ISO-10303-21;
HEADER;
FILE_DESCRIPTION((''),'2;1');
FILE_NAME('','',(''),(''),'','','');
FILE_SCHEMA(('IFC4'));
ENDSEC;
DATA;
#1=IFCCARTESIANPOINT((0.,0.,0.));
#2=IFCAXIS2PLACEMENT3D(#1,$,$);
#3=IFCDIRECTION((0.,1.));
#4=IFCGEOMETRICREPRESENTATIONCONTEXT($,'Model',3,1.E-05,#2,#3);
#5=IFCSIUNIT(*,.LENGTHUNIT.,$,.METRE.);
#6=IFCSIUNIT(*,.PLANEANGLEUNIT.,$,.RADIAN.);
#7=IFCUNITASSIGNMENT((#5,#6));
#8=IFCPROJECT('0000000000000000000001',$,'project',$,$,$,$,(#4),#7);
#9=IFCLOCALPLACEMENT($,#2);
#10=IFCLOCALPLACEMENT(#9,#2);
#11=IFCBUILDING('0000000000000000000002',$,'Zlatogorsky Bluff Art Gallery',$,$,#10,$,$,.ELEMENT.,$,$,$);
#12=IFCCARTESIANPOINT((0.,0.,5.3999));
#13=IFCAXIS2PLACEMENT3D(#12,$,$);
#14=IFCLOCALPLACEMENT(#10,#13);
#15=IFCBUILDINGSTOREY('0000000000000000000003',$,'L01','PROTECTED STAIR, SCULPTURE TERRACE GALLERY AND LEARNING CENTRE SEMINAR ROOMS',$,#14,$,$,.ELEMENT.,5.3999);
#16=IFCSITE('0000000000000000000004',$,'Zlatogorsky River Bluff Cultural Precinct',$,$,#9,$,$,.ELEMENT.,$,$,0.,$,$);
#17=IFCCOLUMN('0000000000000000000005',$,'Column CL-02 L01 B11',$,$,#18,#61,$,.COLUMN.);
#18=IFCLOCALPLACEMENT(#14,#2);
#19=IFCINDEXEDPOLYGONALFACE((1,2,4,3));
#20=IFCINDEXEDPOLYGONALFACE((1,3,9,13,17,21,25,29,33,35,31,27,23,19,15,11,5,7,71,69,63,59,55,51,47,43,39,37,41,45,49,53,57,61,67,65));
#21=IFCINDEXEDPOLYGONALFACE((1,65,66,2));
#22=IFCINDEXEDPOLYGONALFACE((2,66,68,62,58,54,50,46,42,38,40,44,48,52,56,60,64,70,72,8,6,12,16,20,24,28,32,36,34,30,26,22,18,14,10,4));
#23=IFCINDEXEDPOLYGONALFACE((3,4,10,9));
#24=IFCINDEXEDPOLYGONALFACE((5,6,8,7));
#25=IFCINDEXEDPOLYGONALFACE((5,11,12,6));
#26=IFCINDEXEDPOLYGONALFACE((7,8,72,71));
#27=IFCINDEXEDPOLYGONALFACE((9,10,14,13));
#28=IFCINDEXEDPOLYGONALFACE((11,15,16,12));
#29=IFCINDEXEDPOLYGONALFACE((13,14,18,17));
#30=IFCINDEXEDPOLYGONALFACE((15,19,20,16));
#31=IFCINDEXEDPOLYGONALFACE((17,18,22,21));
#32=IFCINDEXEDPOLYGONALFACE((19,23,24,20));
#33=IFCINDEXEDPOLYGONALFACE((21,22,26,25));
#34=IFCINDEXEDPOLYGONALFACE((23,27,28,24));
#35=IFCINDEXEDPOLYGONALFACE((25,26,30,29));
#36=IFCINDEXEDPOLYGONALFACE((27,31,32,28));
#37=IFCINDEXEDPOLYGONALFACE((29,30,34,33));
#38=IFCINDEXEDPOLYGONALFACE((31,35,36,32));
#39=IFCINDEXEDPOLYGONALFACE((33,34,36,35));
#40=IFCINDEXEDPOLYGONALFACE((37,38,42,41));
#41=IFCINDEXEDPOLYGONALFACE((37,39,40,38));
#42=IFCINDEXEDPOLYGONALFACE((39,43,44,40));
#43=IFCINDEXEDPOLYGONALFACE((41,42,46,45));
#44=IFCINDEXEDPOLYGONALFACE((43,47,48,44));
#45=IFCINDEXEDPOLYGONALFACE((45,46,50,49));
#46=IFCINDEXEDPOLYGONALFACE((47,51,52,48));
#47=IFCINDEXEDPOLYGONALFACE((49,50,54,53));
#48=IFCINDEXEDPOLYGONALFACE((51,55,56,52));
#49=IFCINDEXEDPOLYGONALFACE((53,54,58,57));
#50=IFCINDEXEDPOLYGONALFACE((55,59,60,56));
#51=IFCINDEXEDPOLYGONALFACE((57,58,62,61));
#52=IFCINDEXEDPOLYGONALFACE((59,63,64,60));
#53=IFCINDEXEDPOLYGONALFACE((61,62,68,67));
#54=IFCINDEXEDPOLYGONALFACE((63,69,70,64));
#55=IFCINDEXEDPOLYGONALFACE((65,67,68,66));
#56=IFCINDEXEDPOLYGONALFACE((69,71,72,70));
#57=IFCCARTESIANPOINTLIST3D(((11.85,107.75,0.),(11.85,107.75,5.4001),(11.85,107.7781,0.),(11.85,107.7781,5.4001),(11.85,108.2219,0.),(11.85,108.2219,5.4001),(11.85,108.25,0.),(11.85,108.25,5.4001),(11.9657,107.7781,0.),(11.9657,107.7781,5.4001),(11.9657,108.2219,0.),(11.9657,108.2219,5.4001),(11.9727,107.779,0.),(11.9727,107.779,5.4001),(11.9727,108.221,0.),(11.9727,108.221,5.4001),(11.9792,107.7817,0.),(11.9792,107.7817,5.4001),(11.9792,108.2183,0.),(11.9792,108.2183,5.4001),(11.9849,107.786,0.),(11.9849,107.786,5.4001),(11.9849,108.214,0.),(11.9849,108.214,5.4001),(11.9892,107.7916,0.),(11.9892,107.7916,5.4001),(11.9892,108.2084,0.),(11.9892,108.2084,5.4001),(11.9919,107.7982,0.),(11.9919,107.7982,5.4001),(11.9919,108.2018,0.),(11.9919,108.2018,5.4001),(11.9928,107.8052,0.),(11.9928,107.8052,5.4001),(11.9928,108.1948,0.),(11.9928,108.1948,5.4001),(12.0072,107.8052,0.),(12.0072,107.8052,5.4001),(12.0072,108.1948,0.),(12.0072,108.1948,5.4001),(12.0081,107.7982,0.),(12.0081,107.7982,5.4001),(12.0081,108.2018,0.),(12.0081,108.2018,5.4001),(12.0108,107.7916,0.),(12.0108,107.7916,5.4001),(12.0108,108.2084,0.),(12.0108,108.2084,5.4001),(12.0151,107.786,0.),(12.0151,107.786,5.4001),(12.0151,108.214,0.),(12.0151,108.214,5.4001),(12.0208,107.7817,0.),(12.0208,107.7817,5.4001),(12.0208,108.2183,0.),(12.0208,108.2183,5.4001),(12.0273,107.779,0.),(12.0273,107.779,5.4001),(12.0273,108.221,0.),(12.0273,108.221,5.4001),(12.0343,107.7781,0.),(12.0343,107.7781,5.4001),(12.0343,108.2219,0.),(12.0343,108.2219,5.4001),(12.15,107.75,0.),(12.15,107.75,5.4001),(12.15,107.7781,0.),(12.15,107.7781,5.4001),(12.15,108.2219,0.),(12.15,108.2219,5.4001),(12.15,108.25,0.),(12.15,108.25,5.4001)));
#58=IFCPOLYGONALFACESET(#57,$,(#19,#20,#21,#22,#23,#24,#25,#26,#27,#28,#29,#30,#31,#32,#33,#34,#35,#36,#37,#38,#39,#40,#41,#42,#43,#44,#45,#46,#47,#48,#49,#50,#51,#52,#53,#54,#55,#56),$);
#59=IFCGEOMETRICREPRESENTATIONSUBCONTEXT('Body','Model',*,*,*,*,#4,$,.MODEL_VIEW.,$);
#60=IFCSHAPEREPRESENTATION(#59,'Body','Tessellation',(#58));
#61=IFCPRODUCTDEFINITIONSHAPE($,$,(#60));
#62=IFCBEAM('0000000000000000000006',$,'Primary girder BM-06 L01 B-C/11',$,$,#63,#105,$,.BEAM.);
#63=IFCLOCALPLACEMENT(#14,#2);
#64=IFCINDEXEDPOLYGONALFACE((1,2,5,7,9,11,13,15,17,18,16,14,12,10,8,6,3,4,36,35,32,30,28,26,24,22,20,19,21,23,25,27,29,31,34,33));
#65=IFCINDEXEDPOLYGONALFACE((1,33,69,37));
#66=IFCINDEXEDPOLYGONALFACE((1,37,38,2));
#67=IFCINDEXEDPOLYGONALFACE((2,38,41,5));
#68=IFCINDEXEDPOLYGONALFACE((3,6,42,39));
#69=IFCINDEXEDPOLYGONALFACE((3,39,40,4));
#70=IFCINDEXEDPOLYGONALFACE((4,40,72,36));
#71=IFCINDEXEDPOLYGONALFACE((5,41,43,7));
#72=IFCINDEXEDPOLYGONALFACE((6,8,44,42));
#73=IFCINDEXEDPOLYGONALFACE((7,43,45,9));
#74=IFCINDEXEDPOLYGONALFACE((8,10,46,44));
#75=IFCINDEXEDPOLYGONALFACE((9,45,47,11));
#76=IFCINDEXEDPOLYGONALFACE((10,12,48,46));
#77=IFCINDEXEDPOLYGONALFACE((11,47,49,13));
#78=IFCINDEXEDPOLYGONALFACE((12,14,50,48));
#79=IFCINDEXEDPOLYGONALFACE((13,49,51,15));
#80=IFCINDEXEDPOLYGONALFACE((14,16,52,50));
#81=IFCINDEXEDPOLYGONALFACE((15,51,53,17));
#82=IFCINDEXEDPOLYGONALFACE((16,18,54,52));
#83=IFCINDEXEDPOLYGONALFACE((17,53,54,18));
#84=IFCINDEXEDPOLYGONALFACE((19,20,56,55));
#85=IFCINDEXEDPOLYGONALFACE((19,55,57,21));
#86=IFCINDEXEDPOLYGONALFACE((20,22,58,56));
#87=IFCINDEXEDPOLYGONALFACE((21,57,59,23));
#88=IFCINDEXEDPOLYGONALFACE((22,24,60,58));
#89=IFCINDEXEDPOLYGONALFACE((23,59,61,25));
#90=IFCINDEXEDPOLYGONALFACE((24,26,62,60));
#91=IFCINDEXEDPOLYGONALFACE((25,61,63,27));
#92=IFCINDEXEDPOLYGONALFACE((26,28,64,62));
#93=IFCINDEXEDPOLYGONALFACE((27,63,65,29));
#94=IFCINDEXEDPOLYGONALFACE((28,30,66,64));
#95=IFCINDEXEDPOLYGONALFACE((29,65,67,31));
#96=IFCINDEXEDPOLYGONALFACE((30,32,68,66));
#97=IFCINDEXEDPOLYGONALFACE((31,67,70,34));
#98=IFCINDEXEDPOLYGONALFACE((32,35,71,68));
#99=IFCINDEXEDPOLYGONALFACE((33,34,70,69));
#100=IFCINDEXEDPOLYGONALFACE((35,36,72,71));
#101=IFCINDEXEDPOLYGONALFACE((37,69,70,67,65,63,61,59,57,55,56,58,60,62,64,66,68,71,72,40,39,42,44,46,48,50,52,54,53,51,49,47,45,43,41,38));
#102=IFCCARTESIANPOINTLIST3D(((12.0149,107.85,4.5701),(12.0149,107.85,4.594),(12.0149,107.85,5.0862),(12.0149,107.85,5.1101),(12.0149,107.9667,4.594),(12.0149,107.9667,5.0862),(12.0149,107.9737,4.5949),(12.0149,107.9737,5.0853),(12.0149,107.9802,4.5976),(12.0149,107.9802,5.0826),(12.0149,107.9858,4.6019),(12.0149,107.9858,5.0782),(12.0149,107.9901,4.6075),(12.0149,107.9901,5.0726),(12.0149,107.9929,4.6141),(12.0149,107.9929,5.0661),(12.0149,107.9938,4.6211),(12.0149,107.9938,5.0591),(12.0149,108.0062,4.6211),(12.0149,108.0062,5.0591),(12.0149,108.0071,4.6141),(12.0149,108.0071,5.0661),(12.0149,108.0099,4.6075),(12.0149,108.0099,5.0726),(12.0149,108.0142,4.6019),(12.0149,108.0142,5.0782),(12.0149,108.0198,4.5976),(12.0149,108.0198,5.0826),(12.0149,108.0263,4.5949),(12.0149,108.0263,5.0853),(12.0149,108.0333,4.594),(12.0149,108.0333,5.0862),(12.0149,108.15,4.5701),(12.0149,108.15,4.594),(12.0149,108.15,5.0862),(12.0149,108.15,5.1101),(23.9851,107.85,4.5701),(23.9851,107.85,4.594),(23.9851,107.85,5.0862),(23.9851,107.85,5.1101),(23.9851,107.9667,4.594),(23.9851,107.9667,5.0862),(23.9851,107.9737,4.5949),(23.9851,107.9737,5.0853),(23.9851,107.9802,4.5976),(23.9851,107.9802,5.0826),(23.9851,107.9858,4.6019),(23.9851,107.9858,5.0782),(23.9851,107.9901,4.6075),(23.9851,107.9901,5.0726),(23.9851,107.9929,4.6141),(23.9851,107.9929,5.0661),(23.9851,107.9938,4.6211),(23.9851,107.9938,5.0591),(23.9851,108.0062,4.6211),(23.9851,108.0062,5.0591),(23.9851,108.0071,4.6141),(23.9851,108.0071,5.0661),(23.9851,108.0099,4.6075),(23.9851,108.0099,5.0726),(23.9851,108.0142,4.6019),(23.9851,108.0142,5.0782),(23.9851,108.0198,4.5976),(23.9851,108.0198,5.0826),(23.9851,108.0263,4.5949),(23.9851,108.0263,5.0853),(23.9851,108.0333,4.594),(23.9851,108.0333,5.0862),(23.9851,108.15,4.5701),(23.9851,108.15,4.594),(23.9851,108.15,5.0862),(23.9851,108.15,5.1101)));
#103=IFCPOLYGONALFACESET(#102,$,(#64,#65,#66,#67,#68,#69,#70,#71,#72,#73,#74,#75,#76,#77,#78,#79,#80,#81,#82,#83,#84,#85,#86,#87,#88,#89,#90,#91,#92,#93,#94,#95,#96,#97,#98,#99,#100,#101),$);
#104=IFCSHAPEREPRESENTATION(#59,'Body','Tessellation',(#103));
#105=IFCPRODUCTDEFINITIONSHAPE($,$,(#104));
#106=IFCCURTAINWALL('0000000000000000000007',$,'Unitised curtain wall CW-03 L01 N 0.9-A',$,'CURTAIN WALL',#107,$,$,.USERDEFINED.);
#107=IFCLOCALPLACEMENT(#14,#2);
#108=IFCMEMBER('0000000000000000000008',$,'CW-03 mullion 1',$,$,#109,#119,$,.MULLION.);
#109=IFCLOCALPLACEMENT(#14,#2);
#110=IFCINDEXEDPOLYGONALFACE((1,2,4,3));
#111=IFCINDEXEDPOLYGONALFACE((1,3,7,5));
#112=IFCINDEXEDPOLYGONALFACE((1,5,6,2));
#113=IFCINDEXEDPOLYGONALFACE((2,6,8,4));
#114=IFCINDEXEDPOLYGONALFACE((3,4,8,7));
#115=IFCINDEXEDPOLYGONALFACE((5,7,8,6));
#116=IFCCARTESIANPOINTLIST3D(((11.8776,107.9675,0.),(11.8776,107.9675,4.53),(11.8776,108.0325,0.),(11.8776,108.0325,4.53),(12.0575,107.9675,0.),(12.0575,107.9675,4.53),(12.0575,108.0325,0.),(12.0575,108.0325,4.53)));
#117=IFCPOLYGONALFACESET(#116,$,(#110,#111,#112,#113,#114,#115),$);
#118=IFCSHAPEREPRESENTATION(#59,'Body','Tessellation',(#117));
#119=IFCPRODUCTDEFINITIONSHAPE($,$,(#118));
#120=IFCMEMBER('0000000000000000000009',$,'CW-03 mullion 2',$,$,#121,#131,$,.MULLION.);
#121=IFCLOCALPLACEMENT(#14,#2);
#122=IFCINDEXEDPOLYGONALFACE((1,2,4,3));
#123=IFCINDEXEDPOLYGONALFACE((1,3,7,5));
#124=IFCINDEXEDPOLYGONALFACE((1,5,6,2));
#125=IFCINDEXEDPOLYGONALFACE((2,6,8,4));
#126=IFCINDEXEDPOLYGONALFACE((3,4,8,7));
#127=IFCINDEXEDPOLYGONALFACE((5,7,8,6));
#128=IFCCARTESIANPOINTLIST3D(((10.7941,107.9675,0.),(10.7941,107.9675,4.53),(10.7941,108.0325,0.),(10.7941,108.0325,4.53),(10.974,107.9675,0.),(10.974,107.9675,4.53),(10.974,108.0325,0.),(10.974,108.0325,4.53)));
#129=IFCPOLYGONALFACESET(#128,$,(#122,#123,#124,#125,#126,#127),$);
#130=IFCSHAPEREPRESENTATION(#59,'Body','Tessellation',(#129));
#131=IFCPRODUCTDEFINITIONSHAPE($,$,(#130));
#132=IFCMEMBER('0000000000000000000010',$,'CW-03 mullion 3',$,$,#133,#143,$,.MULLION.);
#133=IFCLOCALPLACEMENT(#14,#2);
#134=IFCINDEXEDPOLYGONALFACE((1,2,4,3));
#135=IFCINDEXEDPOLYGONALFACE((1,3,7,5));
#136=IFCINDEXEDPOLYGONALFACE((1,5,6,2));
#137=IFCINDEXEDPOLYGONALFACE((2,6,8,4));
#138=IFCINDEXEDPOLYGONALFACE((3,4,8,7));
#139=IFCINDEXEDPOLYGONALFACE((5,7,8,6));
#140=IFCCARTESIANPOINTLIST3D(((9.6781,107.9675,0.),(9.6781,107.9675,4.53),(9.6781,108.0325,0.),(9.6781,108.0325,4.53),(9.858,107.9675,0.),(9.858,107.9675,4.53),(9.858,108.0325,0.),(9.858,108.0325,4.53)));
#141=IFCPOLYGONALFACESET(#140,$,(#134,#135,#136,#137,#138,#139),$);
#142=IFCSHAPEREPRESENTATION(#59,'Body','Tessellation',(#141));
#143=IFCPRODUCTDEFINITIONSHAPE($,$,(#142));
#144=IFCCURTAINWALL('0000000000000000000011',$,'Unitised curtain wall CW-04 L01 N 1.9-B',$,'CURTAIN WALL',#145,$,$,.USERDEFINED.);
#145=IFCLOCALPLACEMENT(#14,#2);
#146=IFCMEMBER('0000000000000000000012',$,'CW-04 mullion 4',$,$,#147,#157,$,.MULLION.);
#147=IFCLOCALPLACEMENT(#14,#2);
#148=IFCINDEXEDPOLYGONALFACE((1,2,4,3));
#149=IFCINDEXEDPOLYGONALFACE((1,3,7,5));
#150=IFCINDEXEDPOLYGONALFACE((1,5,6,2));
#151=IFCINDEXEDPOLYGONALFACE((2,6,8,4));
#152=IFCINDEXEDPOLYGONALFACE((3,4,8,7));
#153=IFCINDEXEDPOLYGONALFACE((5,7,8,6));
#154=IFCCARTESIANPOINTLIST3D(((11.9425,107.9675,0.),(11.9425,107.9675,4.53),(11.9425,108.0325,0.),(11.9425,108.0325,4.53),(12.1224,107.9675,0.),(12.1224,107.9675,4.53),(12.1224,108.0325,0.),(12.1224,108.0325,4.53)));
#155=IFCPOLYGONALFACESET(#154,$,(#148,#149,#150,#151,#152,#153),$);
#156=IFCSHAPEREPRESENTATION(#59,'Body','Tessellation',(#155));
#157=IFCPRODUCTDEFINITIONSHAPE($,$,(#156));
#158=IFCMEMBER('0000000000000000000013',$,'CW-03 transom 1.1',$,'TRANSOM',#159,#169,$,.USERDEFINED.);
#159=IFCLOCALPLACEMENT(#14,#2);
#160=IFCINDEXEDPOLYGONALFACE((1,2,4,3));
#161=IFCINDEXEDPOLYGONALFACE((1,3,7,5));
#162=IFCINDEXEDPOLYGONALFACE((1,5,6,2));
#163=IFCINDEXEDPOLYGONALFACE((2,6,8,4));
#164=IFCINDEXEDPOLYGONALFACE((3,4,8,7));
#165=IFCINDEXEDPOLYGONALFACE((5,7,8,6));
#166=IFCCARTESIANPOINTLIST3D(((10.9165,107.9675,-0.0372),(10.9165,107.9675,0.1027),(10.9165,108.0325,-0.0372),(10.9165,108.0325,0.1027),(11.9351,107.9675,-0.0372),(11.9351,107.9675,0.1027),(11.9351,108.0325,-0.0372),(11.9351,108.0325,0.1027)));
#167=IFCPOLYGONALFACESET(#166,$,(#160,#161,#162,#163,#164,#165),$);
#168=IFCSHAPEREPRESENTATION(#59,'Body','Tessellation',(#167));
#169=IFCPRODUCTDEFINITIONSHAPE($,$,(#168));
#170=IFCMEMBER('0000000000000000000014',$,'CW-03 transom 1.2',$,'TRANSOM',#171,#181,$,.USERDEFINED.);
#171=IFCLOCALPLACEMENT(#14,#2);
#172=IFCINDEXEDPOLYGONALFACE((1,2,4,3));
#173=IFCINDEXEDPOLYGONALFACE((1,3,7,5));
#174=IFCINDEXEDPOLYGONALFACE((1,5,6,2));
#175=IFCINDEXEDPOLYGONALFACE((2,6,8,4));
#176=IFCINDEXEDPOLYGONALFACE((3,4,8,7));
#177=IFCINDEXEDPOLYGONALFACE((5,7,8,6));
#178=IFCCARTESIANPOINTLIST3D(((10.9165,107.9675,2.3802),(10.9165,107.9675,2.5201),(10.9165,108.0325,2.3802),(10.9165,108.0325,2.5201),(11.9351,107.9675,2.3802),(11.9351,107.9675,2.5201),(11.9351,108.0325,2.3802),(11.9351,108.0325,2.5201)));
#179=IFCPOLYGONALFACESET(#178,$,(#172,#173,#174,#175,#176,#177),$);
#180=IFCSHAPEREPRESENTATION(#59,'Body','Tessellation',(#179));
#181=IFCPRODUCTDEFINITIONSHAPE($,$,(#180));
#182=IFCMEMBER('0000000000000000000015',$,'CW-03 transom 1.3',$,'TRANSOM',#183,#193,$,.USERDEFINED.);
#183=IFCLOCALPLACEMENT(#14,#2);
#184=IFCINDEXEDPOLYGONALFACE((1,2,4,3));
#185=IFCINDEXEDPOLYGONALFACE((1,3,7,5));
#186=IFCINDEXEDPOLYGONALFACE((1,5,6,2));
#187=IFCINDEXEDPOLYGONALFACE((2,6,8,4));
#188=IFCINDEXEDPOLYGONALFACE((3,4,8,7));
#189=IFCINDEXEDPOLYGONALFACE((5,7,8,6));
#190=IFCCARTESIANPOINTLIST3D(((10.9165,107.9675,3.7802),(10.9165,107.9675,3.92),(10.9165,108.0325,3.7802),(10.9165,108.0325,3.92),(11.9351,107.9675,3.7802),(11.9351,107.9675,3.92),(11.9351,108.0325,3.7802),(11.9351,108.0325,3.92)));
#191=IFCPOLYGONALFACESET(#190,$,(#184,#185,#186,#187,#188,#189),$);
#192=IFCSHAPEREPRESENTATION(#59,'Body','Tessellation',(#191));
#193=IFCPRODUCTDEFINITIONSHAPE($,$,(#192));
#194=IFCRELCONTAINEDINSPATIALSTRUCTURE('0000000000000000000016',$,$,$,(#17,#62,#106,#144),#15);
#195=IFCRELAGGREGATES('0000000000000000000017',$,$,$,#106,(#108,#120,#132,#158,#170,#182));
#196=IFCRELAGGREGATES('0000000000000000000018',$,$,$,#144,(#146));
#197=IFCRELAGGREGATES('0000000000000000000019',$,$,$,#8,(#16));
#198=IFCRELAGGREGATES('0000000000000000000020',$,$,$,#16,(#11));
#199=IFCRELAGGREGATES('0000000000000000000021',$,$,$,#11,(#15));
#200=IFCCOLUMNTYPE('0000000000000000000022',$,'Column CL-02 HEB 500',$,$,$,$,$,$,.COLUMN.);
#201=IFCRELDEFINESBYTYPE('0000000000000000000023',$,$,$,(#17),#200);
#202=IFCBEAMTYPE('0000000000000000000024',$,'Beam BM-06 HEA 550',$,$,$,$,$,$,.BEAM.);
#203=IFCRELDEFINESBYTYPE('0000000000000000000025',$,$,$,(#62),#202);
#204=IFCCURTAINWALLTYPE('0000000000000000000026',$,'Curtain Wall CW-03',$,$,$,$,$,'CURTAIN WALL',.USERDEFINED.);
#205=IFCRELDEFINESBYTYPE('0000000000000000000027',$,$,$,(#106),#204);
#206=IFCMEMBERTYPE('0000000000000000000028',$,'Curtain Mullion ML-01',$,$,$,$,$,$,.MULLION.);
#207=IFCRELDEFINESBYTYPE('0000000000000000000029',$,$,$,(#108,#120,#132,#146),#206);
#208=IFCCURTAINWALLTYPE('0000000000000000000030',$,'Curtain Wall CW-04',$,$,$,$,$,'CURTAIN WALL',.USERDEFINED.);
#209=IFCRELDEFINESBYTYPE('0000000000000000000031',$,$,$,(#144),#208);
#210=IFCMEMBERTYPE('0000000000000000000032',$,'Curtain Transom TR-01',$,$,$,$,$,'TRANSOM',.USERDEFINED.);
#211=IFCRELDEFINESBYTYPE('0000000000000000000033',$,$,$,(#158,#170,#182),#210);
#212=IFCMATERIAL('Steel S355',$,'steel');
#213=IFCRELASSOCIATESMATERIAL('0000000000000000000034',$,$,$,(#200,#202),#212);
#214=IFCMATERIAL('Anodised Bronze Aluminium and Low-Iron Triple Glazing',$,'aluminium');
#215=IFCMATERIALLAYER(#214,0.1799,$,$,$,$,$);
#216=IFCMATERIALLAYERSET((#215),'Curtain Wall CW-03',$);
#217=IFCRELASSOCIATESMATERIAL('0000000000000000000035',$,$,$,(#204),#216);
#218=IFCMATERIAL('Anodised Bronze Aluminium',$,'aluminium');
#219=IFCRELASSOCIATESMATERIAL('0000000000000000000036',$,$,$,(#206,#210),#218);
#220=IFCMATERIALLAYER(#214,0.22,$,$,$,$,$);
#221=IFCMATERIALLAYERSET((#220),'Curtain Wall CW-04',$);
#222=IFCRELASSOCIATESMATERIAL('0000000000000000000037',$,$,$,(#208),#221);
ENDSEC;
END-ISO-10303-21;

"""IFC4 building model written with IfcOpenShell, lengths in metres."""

from ifc_helpers import new_model, si_unit, direction, frame, origin, origin_2d, place, context, subcontext, project, spatial, rectangle, i_section, extrude, material, layer, layer_set, material_profile, profile_set, type_object, element, aggregate, save


model = new_model("IFC4")

# Units and contexts
model_context = context("Model", 3, precision=1e-05, world=origin(), true_north=direction((0.0, 1.0)))
body_context = subcontext(model_context, "Body", "Model", "MODEL_VIEW")
ifc_project = project(units=[si_unit("LENGTHUNIT", "METRE"), si_unit("PLANEANGLEUNIT", "RADIAN")], contexts=[model_context])

# Site, building, storey
site_placement = place(None, origin())
site = spatial("IfcSite", under=ifc_project, at=site_placement, Name="Zlatogorsky River Bluff Cultural Precinct", CompositionType="ELEMENT", RefElevation=0.0)
building_placement = place(site_placement, origin())
building = spatial("IfcBuilding", under=site, at=building_placement, Name="Zlatogorsky Bluff Art Gallery", CompositionType="ELEMENT")
storey_placement = place(building_placement, frame((0.0, 0.0, 5.3999)))
storey = spatial("IfcBuildingStorey", under=building, at=storey_placement, Name="L01", Description="PROTECTED STAIR, SCULPTURE TERRACE GALLERY AND LEARNING CENTRE SEMINAR ROOMS", CompositionType="ELEMENT", Elevation=5.3999)

# Column
ifc_material_1 = material(Name="Steel S355", Category="steel")
ifc_material_profile_1 = material_profile(ifc_material_1, i_section(OverallWidth=0.3, OverallDepth=0.5, WebThickness=0.0144, FlangeThickness=0.0281, FilletRadius=0.0271, at=origin_2d()), Name="HEB 500")
ifc_profile_set_1 = profile_set([ifc_material_profile_1], Name="Steel S355")
column_type = type_object("IfcColumnType", Name="Column CL-02 HEB 500", PredefinedType="COLUMN", material=ifc_profile_set_1)
column_placement = place(storey_placement, frame((12.0, 108.0, 0.0), z_axis=(0.0, 0.0, 1.0), x_axis=(1.0, 0.0, 0.0)))
element("IfcColumn", 1, at=column_placement, inside=storey, type_object=column_type, Name="Column CL-02 L01 B11", PredefinedType="COLUMN", context=body_context, shape_type="SweptSolid", body=[
    extrude(i_section(OverallWidth=0.3, OverallDepth=0.5, WebThickness=0.0144, FlangeThickness=0.0281, FilletRadius=0.0271, at=origin_2d()), origin(), (0.0, 0.0, 1.0), 5.4001),
])

# Beam
ifc_material_profile_2 = material_profile(ifc_material_1, i_section(OverallWidth=0.3, OverallDepth=0.54, WebThickness=0.0125, FlangeThickness=0.0239, FilletRadius=0.0271, at=origin_2d()), Name="HEA 550")
ifc_profile_set_2 = profile_set([ifc_material_profile_2], Name="Steel S355")
beam_type = type_object("IfcBeamType", Name="Beam BM-06 HEA 550", PredefinedType="BEAM", material=ifc_profile_set_2)
beam_placement = place(storey_placement, frame((12.0149, 108.0, 4.8401), z_axis=(1.0, 0.0, 0.0), x_axis=(0.0, 1.0, 0.0)))
element("IfcBeam", 2, at=beam_placement, inside=storey, type_object=beam_type, Name="Primary girder BM-06 L01 B-C/11", PredefinedType="BEAM", context=body_context, shape_type="SweptSolid", body=[
    extrude(i_section(OverallWidth=0.3, OverallDepth=0.54, WebThickness=0.0125, FlangeThickness=0.0239, FilletRadius=0.0271, at=origin_2d()), origin(), (0.0, 0.0, 1.0), 11.9702),
])

# Curtain wall, members
ifc_material_2 = material(Name="Anodised Bronze Aluminium and Low-Iron Triple Glazing", Category="aluminium")
ifc_layer_1 = layer(ifc_material_2, 0.1799)
ifc_layer_set_1 = layer_set([ifc_layer_1], Name="Curtain Wall CW-03")
curtain_wall_type_1 = type_object("IfcCurtainWallType", Name="Curtain Wall CW-03", ElementType="CURTAIN WALL", PredefinedType="USERDEFINED", material=ifc_layer_set_1)
curtain_wall_1_placement = place(storey_placement, origin())
curtain_wall_1 = element("IfcCurtainWall", 3, at=curtain_wall_1_placement, inside=storey, type_object=curtain_wall_type_1, Name="Unitised curtain wall CW-03 L01 N 0.9-A", ObjectType="CURTAIN WALL", PredefinedType="USERDEFINED")
ifc_material_3 = material(Name="Anodised Bronze Aluminium", Category="aluminium")
ifc_material_profile_3 = material_profile(ifc_material_3, rectangle(XDim=0.0649, YDim=0.1799, at=origin_2d()), Name="ALU MULLION 65x180")
ifc_profile_set_3 = profile_set([ifc_material_profile_3], Name="Anodised Bronze Aluminium")
member_type_1 = type_object("IfcMemberType", Name="Curtain Mullion ML-01", PredefinedType="MULLION", material=ifc_profile_set_3)
member_1_placement = place(storey_placement, frame((11.9675, 108.0, 0.0), z_axis=(0.0, 0.0, 1.0), x_axis=(0.0, -1.0, 0.0)))
member_1 = element("IfcMember", 4, at=member_1_placement, type_object=member_type_1, Name="CW-03 mullion 1", PredefinedType="MULLION", context=body_context, shape_type="SweptSolid", body=[
    extrude(rectangle(XDim=0.0649, YDim=0.1799, at=origin_2d()), origin(), (0.0, 0.0, 1.0), 4.53),
])
member_2_placement = place(storey_placement, frame((10.884, 108.0, 0.0), z_axis=(0.0, 0.0, 1.0), x_axis=(0.0, -1.0, 0.0)))
member_2 = element("IfcMember", 5, at=member_2_placement, type_object=member_type_1, Name="CW-03 mullion 2", PredefinedType="MULLION", context=body_context, shape_type="SweptSolid", body=[
    extrude(rectangle(XDim=0.0649, YDim=0.1799, at=origin_2d()), origin(), (0.0, 0.0, 1.0), 4.53),
])
member_3_placement = place(storey_placement, frame((9.7681, 108.0, 0.0), z_axis=(0.0, 0.0, 1.0), x_axis=(0.0, -1.0, 0.0)))
member_3 = element("IfcMember", 6, at=member_3_placement, type_object=member_type_1, Name="CW-03 mullion 3", PredefinedType="MULLION", context=body_context, shape_type="SweptSolid", body=[
    extrude(rectangle(XDim=0.0649, YDim=0.1799, at=origin_2d()), origin(), (0.0, 0.0, 1.0), 4.53),
])

# Curtain wall, member
ifc_layer_2 = layer(ifc_material_2, 0.22)
ifc_layer_set_2 = layer_set([ifc_layer_2], Name="Curtain Wall CW-04")
curtain_wall_type_2 = type_object("IfcCurtainWallType", Name="Curtain Wall CW-04", ElementType="CURTAIN WALL", PredefinedType="USERDEFINED", material=ifc_layer_set_2)
curtain_wall_2_placement = place(storey_placement, origin())
curtain_wall_2 = element("IfcCurtainWall", 7, at=curtain_wall_2_placement, inside=storey, type_object=curtain_wall_type_2, Name="Unitised curtain wall CW-04 L01 N 1.9-B", ObjectType="CURTAIN WALL", PredefinedType="USERDEFINED")
member_4_placement = place(storey_placement, frame((12.0325, 108.0, 0.0), z_axis=(0.0, 0.0, 1.0), x_axis=(0.0, -1.0, 0.0)))
member_4 = element("IfcMember", 8, at=member_4_placement, type_object=member_type_1, Name="CW-04 mullion 4", PredefinedType="MULLION", context=body_context, shape_type="SweptSolid", body=[
    extrude(rectangle(XDim=0.0649, YDim=0.1799, at=origin_2d()), origin(), (0.0, 0.0, 1.0), 4.53),
])

# Members
ifc_material_profile_4 = material_profile(ifc_material_3, rectangle(XDim=0.0649, YDim=0.1399, at=origin_2d()), Name="ALU TRANSOM 65x140")
ifc_profile_set_4 = profile_set([ifc_material_profile_4], Name="Anodised Bronze Aluminium")
member_type_2 = type_object("IfcMemberType", Name="Curtain Transom TR-01", ElementType="TRANSOM", PredefinedType="USERDEFINED", material=ifc_profile_set_4)
member_5_placement = place(storey_placement, frame((11.9351, 108.0, 0.0327), z_axis=(-1.0, 0.0, 0.0), x_axis=(0.0, -1.0, 0.0)))
member_5 = element("IfcMember", 9, at=member_5_placement, type_object=member_type_2, Name="CW-03 transom 1.1", ObjectType="TRANSOM", PredefinedType="USERDEFINED", context=body_context, shape_type="SweptSolid", body=[
    extrude(rectangle(XDim=0.0649, YDim=0.1399, at=origin_2d()), origin(), (0.0, 0.0, 1.0), 1.0186),
])
member_6_placement = place(storey_placement, frame((11.9351, 108.0, 2.4502), z_axis=(-1.0, 0.0, 0.0), x_axis=(0.0, -1.0, 0.0)))
member_6 = element("IfcMember", 10, at=member_6_placement, type_object=member_type_2, Name="CW-03 transom 1.2", ObjectType="TRANSOM", PredefinedType="USERDEFINED", context=body_context, shape_type="SweptSolid", body=[
    extrude(rectangle(XDim=0.0649, YDim=0.1399, at=origin_2d()), origin(), (0.0, 0.0, 1.0), 1.0186),
])
member_7_placement = place(storey_placement, frame((11.9351, 108.0, 3.8501), z_axis=(-1.0, 0.0, 0.0), x_axis=(0.0, -1.0, 0.0)))
member_7 = element("IfcMember", 11, at=member_7_placement, type_object=member_type_2, Name="CW-03 transom 1.3", ObjectType="TRANSOM", PredefinedType="USERDEFINED", context=body_context, shape_type="SweptSolid", body=[
    extrude(rectangle(XDim=0.0649, YDim=0.1399, at=origin_2d()), origin(), (0.0, 0.0, 1.0), 1.0186),
])

aggregate(curtain_wall_1, [member_1, member_2, member_3, member_5, member_6, member_7])
aggregate(curtain_wall_2, [member_4])

save(model, "model.ifc")
